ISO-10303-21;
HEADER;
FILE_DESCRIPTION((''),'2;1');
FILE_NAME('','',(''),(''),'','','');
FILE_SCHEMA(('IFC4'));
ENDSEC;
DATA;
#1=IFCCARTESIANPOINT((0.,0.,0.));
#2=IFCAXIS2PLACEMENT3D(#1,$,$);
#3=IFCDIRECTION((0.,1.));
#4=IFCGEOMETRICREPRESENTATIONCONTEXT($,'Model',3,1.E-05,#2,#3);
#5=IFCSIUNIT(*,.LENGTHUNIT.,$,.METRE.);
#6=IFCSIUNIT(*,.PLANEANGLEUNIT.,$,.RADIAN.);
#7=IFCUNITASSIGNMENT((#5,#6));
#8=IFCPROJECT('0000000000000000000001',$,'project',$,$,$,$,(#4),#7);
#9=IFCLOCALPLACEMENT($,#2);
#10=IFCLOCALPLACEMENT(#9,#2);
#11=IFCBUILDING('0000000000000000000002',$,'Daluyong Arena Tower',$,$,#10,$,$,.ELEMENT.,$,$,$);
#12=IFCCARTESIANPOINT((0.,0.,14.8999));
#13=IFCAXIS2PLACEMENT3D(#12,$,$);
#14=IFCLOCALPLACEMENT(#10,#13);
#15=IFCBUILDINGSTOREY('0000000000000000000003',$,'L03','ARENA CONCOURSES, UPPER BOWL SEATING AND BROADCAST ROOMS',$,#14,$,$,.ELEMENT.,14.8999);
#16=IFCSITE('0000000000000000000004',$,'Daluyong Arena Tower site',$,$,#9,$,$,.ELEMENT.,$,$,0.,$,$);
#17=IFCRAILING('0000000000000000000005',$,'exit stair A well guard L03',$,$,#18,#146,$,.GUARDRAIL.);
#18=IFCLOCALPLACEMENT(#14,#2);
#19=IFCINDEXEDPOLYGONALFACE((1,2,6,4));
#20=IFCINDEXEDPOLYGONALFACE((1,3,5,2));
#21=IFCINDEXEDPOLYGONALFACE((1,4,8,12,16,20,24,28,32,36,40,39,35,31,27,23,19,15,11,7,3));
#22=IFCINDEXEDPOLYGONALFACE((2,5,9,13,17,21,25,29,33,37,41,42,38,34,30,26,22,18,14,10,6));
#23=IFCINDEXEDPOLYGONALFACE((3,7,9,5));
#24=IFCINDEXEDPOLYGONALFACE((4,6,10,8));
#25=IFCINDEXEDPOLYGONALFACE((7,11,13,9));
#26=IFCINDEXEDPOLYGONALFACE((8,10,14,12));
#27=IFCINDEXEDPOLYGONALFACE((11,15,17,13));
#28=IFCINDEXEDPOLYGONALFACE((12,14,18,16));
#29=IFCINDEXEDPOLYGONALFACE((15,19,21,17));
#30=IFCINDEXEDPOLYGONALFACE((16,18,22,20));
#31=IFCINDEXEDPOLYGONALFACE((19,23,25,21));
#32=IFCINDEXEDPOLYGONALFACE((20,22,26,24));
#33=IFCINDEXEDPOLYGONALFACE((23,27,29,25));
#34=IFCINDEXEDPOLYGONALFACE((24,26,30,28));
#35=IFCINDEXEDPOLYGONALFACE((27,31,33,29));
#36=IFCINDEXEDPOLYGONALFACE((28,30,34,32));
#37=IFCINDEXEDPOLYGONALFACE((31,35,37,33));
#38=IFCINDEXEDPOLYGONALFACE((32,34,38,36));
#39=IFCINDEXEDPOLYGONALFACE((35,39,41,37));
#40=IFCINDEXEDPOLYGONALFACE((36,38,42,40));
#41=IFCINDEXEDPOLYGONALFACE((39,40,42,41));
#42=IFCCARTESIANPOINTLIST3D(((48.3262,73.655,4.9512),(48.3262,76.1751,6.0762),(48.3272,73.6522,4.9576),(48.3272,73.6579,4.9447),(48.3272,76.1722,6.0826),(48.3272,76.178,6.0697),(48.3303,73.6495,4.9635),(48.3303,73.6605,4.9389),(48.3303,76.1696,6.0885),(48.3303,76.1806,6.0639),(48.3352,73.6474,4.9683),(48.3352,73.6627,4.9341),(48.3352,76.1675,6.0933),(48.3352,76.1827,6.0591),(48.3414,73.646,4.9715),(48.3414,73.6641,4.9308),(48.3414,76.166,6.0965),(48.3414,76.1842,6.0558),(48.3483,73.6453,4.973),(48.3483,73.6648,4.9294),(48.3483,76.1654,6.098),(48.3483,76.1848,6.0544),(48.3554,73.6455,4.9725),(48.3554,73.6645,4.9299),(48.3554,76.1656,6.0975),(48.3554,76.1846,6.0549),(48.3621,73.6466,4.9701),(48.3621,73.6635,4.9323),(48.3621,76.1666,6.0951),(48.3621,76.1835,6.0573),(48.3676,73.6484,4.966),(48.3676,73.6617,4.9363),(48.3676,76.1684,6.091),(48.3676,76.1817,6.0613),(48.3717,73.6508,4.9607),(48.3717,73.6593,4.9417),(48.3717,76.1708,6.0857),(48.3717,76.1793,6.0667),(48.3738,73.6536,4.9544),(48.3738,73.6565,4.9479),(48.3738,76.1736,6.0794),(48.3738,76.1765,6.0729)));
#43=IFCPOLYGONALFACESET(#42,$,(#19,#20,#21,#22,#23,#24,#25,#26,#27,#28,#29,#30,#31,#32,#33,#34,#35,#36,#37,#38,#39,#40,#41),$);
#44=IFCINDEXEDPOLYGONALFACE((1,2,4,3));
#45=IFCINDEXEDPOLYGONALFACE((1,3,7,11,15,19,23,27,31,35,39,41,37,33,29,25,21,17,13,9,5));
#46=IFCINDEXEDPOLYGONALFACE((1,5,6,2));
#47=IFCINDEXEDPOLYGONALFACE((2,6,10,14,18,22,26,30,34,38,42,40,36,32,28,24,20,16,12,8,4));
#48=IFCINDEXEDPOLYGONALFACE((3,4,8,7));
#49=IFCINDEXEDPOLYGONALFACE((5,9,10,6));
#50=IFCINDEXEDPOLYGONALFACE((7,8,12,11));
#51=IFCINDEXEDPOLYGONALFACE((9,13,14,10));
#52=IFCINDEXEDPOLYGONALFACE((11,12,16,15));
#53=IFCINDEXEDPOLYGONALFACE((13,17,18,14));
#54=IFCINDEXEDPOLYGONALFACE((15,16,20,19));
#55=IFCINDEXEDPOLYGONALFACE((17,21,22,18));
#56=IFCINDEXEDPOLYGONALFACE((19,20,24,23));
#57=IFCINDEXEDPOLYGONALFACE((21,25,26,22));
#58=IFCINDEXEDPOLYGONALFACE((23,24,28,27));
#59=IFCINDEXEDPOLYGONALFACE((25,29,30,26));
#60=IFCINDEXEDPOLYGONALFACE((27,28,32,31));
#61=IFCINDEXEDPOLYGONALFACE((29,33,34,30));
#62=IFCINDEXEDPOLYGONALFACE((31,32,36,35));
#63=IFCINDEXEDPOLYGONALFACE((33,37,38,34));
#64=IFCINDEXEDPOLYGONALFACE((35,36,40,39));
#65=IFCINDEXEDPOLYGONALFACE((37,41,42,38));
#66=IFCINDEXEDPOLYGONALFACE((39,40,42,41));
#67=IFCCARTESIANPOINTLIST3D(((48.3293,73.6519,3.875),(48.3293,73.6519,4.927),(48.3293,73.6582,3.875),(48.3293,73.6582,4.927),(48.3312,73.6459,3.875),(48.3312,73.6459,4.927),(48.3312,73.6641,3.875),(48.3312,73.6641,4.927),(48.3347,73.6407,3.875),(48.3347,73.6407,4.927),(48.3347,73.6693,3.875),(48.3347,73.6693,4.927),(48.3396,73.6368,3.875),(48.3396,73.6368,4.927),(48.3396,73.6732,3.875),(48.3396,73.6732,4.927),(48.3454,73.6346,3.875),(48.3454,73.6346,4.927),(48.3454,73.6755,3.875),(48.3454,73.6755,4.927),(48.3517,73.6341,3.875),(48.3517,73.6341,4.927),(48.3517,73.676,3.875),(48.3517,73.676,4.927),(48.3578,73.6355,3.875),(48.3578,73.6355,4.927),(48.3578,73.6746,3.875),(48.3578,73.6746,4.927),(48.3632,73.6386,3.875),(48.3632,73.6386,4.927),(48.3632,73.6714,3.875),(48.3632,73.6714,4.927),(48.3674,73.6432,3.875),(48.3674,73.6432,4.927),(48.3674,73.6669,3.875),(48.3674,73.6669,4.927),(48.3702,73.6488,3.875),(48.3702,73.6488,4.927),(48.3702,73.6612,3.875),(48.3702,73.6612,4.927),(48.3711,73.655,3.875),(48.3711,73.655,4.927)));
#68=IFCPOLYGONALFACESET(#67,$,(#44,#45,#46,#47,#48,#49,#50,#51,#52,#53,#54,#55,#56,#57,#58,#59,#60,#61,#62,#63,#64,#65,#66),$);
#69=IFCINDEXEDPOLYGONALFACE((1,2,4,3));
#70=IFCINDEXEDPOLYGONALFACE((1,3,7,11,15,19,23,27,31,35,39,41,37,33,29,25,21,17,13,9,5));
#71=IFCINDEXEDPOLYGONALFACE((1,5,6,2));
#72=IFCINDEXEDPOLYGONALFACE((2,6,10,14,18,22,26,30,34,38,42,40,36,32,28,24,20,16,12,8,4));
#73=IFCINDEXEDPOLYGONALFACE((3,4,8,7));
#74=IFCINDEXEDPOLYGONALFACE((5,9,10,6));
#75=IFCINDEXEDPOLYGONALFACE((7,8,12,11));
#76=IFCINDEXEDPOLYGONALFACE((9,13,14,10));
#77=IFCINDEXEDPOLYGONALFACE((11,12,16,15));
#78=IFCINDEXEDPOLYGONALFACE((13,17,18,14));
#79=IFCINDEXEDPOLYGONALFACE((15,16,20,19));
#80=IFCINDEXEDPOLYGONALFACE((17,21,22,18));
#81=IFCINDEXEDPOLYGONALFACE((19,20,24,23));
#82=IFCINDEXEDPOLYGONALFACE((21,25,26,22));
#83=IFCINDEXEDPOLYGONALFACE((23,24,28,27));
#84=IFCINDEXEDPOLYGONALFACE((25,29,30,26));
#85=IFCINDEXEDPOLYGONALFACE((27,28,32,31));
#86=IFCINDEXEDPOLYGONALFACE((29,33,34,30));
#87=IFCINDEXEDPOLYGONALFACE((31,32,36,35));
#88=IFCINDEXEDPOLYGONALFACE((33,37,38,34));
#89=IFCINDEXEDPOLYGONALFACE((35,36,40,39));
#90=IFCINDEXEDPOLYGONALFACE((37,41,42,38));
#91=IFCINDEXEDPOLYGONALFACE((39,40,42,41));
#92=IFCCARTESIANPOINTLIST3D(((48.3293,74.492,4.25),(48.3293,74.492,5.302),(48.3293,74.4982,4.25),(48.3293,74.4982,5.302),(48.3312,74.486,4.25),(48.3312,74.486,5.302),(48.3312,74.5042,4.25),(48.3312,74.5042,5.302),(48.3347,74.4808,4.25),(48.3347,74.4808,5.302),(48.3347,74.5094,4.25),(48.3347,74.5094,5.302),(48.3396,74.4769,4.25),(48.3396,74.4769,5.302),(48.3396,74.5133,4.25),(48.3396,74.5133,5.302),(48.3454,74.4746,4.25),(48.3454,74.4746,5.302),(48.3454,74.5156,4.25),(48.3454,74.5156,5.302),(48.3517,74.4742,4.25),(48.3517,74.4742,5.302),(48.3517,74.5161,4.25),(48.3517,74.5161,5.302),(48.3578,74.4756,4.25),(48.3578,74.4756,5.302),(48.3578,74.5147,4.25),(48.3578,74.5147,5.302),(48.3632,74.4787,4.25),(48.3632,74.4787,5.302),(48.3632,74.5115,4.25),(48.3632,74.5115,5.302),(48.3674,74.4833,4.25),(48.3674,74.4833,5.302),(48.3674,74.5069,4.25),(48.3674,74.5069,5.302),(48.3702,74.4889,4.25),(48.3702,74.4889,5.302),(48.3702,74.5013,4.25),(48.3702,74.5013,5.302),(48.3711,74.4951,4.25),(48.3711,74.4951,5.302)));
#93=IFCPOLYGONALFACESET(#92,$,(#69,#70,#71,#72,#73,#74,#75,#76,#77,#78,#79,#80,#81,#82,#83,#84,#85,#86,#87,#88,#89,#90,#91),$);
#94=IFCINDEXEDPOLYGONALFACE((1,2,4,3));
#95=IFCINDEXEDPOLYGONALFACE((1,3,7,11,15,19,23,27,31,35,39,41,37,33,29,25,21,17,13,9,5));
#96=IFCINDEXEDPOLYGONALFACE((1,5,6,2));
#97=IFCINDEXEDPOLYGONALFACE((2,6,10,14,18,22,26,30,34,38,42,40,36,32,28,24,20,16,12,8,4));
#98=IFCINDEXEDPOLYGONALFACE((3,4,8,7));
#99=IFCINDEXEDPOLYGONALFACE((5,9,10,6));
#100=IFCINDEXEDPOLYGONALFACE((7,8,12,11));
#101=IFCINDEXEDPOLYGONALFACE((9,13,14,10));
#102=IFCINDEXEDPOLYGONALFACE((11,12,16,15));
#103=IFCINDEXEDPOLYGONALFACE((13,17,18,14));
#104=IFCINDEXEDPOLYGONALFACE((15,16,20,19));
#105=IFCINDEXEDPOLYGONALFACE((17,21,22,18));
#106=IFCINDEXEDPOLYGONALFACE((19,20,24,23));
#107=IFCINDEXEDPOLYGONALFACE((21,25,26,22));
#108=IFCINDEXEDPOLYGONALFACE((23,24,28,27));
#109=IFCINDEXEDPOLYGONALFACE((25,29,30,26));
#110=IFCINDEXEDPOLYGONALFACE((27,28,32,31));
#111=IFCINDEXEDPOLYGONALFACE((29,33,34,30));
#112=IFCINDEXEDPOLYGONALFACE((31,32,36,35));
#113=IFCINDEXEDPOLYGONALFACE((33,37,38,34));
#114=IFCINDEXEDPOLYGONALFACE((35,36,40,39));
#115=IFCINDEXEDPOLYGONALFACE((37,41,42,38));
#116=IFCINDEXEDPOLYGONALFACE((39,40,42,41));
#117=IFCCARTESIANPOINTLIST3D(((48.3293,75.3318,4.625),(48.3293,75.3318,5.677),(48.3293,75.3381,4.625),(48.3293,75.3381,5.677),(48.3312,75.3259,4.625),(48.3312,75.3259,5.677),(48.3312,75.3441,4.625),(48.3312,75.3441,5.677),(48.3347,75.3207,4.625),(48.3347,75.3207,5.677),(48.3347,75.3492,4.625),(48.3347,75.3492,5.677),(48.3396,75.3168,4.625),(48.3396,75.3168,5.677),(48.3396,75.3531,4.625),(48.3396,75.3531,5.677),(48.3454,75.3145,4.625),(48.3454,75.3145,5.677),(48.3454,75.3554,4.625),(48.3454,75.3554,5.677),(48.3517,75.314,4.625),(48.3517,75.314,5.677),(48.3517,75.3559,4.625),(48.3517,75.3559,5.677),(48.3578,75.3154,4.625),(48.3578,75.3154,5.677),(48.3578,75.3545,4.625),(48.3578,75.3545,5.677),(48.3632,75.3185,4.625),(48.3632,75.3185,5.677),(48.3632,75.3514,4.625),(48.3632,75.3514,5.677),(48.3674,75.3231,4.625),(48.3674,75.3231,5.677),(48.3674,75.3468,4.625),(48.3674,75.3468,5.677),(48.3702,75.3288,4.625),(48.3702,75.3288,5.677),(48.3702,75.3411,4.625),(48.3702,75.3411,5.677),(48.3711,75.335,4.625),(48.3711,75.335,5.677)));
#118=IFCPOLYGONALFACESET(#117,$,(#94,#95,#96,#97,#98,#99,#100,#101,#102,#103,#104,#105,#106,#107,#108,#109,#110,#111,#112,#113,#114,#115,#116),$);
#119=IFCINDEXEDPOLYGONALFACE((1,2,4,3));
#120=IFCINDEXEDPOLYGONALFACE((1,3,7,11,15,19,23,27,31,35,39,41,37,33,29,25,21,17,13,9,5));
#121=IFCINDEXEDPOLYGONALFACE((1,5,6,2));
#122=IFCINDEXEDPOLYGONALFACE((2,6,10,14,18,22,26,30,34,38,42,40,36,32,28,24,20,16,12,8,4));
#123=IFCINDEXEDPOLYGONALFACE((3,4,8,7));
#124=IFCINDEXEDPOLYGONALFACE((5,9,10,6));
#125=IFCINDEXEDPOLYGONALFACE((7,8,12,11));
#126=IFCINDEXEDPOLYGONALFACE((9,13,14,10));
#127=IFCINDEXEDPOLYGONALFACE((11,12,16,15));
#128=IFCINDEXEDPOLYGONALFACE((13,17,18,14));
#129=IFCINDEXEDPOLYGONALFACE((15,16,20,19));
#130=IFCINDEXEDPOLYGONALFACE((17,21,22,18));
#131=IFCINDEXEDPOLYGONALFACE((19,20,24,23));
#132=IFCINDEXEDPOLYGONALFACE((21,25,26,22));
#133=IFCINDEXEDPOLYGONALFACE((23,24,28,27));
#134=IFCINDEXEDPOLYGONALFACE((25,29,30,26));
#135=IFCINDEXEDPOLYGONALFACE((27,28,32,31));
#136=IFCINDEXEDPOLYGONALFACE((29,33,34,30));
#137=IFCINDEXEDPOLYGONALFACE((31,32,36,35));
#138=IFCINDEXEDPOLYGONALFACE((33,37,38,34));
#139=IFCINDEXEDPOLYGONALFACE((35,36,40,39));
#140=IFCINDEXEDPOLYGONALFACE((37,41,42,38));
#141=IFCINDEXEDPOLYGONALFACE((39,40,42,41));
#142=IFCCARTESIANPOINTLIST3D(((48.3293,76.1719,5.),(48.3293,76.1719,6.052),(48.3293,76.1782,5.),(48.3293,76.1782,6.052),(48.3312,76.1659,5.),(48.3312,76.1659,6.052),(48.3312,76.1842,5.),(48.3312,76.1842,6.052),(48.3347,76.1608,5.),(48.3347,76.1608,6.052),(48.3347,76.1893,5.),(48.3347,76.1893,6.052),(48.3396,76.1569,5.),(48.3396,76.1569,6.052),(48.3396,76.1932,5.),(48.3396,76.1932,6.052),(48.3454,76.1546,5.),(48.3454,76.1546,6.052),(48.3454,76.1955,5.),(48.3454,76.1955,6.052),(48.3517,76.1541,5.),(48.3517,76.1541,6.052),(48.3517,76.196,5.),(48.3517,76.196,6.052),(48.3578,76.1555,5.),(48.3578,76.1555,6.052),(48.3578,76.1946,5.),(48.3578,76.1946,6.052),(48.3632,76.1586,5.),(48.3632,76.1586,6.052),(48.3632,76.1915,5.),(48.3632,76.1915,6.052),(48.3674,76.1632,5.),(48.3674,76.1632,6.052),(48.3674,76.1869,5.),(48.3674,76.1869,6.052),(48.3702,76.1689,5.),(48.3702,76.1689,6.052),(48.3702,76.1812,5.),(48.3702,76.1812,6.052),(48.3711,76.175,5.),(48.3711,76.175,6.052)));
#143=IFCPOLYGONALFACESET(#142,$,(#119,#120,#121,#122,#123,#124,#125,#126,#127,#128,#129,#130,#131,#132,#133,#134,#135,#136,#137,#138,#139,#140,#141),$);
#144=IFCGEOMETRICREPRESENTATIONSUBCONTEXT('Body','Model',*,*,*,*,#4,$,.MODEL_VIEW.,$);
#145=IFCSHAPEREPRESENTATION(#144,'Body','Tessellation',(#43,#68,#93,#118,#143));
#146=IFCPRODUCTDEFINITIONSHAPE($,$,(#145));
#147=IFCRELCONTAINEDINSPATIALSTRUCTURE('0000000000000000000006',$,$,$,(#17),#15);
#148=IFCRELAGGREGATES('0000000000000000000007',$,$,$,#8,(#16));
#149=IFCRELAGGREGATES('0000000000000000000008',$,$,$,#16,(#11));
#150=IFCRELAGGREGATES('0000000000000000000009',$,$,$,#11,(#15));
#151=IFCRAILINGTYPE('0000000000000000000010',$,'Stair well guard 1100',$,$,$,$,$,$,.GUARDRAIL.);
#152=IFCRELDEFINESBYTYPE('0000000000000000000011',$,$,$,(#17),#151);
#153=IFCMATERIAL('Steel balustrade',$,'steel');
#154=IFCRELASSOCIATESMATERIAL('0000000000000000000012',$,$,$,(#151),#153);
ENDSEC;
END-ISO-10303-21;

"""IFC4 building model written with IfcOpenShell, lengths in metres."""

from ifc_helpers import new_model, si_unit, direction, frame, origin, origin_2d, place, context, subcontext, project, spatial, circle, extrude, material, type_object, element, save


model = new_model("IFC4")

# Units and contexts
model_context = context("Model", 3, precision=1e-05, world=origin(), true_north=direction((0.0, 1.0)))
body_context = subcontext(model_context, "Body", "Model", "MODEL_VIEW")
ifc_project = project(units=[si_unit("LENGTHUNIT", "METRE"), si_unit("PLANEANGLEUNIT", "RADIAN")], contexts=[model_context])

# Site, building, storey
site_placement = place(None, origin())
site = spatial("IfcSite", under=ifc_project, at=site_placement, Name="Daluyong Arena Tower site", CompositionType="ELEMENT", RefElevation=0.0)
building_placement = place(site_placement, origin())
building = spatial("IfcBuilding", under=site, at=building_placement, Name="Daluyong Arena Tower", CompositionType="ELEMENT")
storey_placement = place(building_placement, frame((0.0, 0.0, 14.8999)))
storey = spatial("IfcBuildingStorey", under=building, at=storey_placement, Name="L03", Description="ARENA CONCOURSES, UPPER BOWL SEATING AND BROADCAST ROOMS", CompositionType="ELEMENT", Elevation=14.8999)

# Railing
ifc_material_1 = material(Name="Steel balustrade", Category="steel")
railing_type_1 = type_object("IfcRailingType", Name="Stair well guard 1100", PredefinedType="GUARDRAIL", material=ifc_material_1)
for number, where, name in (
    (1, (48.3501, 73.655, 3.875), "exit stair A well guard L03"),
):
    element("IfcRailing", number, at=place(storey_placement, frame(where)), inside=storey, type_object=railing_type_1, Name=name, PredefinedType="GUARDRAIL", context=body_context, shape_type="SweptSolid", body=[
        extrude(circle(Radius=0.0239, at=origin_2d()), frame((0.0, 0.0, 1.0762), z_axis=(0.0, 0.913139, 0.407648), x_axis=(-1.0, 0.0, 0.0)), (0.0, 0.0, 1.0), 2.7598),
        extrude(circle(Radius=0.021, at=origin_2d()), origin(), (0.0, 0.0, 1.0), 1.052),
        extrude(circle(Radius=0.021, at=origin_2d()), frame((0.0, 0.8401, 0.375)), (0.0, 0.0, 1.0), 1.052),
        extrude(circle(Radius=0.021, at=origin_2d()), frame((0.0, 1.6799, 0.75)), (0.0, 0.0, 1.0), 1.052),
        extrude(circle(Radius=0.021, at=origin_2d()), frame((0.0, 2.52, 1.125)), (0.0, 0.0, 1.0), 1.052),
    ])

save(model, "model.ifc")
